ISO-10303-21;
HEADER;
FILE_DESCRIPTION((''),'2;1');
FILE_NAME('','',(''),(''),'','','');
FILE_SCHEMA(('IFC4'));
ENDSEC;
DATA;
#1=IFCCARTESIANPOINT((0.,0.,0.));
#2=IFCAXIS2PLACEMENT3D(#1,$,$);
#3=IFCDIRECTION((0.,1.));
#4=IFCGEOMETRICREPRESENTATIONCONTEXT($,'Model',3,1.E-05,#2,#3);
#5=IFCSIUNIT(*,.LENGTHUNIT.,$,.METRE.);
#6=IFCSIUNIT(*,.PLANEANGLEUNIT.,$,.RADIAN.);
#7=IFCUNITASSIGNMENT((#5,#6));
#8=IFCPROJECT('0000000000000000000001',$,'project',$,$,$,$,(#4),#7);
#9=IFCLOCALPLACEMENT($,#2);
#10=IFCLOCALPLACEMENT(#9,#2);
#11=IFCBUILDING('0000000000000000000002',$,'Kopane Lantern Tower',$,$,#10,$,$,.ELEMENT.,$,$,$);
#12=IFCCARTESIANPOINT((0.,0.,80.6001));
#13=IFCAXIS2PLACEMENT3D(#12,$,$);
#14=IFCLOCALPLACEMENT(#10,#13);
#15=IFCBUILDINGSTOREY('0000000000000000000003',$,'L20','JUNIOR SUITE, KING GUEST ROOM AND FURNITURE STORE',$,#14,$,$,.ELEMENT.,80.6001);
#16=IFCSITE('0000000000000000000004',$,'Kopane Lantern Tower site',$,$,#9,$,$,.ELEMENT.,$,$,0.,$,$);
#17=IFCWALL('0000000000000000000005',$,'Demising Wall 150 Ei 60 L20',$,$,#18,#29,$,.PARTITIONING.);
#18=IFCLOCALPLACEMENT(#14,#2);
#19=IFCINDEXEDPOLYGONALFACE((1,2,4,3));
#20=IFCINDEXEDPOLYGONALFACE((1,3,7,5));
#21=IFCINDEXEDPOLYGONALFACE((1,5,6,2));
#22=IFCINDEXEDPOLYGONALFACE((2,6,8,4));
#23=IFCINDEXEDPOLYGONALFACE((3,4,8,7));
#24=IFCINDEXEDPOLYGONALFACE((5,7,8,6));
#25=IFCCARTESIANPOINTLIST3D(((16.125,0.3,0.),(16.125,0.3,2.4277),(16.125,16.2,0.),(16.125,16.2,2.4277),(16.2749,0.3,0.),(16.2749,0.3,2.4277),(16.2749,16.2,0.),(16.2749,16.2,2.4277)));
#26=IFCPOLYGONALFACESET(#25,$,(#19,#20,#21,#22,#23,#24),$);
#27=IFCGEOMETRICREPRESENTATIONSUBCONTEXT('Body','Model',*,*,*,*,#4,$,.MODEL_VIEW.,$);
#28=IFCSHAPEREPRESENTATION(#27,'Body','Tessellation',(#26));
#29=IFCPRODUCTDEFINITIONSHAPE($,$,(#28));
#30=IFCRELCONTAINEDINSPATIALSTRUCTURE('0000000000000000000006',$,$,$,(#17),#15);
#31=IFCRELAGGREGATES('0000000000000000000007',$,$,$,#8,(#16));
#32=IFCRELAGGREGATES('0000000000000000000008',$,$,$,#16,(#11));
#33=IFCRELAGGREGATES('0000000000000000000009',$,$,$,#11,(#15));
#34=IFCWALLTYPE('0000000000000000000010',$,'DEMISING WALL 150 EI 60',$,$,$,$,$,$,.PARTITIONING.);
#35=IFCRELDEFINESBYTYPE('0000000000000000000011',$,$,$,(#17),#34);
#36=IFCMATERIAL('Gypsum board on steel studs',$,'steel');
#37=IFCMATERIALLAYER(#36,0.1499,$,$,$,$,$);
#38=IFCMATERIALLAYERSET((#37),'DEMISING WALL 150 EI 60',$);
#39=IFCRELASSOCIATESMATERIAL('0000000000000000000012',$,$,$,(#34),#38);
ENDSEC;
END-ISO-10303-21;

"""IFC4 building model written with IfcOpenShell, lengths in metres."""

from ifc_helpers import new_model, si_unit, direction, frame, frame_2d, origin, place, context, subcontext, project, spatial, rectangle, extrude, material, layer, layer_set, type_object, element, save


model = new_model("IFC4")

# Units and contexts
model_context = context("Model", 3, precision=1e-05, world=origin(), true_north=direction((0.0, 1.0)))
body_context = subcontext(model_context, "Body", "Model", "MODEL_VIEW")
ifc_project = project(units=[si_unit("LENGTHUNIT", "METRE"), si_unit("PLANEANGLEUNIT", "RADIAN")], contexts=[model_context])

# Site, building, storey
site_placement = place(None, origin())
site = spatial("IfcSite", under=ifc_project, at=site_placement, Name="Kopane Lantern Tower site", CompositionType="ELEMENT", RefElevation=0.0)
building_placement = place(site_placement, origin())
building = spatial("IfcBuilding", under=site, at=building_placement, Name="Kopane Lantern Tower", CompositionType="ELEMENT")
storey_placement = place(building_placement, frame((0.0, 0.0, 80.6001)))
storey = spatial("IfcBuildingStorey", under=building, at=storey_placement, Name="L20", Description="JUNIOR SUITE, KING GUEST ROOM AND FURNITURE STORE", CompositionType="ELEMENT", Elevation=80.6001)

# Wall
ifc_material_1 = material(Name="Gypsum board on steel studs", Category="steel")
ifc_layer_1 = layer(ifc_material_1, 0.1499)
ifc_layer_set_1 = layer_set([ifc_layer_1], Name="DEMISING WALL 150 EI 60")
wall_type_1 = type_object("IfcWallType", Name="DEMISING WALL 150 EI 60", PredefinedType="PARTITIONING", material=ifc_layer_set_1)
wall_1_placement = place(storey_placement, frame((16.2, 16.2, 0.0), z_axis=(0.0, 0.0, 1.0), x_axis=(0.0, -1.0, 0.0)))
element("IfcWall", 1, at=wall_1_placement, inside=storey, type_object=wall_type_1, Name="Demising Wall 150 Ei 60 L20", PredefinedType="PARTITIONING", context=body_context, shape_type="SweptSolid", body=[
    extrude(rectangle(XDim=15.8999, YDim=0.1499, at=frame_2d((7.95, 0.0))), origin(), (0.0, 0.0, 1.0), 2.4277),
])

save(model, "model.ifc")
